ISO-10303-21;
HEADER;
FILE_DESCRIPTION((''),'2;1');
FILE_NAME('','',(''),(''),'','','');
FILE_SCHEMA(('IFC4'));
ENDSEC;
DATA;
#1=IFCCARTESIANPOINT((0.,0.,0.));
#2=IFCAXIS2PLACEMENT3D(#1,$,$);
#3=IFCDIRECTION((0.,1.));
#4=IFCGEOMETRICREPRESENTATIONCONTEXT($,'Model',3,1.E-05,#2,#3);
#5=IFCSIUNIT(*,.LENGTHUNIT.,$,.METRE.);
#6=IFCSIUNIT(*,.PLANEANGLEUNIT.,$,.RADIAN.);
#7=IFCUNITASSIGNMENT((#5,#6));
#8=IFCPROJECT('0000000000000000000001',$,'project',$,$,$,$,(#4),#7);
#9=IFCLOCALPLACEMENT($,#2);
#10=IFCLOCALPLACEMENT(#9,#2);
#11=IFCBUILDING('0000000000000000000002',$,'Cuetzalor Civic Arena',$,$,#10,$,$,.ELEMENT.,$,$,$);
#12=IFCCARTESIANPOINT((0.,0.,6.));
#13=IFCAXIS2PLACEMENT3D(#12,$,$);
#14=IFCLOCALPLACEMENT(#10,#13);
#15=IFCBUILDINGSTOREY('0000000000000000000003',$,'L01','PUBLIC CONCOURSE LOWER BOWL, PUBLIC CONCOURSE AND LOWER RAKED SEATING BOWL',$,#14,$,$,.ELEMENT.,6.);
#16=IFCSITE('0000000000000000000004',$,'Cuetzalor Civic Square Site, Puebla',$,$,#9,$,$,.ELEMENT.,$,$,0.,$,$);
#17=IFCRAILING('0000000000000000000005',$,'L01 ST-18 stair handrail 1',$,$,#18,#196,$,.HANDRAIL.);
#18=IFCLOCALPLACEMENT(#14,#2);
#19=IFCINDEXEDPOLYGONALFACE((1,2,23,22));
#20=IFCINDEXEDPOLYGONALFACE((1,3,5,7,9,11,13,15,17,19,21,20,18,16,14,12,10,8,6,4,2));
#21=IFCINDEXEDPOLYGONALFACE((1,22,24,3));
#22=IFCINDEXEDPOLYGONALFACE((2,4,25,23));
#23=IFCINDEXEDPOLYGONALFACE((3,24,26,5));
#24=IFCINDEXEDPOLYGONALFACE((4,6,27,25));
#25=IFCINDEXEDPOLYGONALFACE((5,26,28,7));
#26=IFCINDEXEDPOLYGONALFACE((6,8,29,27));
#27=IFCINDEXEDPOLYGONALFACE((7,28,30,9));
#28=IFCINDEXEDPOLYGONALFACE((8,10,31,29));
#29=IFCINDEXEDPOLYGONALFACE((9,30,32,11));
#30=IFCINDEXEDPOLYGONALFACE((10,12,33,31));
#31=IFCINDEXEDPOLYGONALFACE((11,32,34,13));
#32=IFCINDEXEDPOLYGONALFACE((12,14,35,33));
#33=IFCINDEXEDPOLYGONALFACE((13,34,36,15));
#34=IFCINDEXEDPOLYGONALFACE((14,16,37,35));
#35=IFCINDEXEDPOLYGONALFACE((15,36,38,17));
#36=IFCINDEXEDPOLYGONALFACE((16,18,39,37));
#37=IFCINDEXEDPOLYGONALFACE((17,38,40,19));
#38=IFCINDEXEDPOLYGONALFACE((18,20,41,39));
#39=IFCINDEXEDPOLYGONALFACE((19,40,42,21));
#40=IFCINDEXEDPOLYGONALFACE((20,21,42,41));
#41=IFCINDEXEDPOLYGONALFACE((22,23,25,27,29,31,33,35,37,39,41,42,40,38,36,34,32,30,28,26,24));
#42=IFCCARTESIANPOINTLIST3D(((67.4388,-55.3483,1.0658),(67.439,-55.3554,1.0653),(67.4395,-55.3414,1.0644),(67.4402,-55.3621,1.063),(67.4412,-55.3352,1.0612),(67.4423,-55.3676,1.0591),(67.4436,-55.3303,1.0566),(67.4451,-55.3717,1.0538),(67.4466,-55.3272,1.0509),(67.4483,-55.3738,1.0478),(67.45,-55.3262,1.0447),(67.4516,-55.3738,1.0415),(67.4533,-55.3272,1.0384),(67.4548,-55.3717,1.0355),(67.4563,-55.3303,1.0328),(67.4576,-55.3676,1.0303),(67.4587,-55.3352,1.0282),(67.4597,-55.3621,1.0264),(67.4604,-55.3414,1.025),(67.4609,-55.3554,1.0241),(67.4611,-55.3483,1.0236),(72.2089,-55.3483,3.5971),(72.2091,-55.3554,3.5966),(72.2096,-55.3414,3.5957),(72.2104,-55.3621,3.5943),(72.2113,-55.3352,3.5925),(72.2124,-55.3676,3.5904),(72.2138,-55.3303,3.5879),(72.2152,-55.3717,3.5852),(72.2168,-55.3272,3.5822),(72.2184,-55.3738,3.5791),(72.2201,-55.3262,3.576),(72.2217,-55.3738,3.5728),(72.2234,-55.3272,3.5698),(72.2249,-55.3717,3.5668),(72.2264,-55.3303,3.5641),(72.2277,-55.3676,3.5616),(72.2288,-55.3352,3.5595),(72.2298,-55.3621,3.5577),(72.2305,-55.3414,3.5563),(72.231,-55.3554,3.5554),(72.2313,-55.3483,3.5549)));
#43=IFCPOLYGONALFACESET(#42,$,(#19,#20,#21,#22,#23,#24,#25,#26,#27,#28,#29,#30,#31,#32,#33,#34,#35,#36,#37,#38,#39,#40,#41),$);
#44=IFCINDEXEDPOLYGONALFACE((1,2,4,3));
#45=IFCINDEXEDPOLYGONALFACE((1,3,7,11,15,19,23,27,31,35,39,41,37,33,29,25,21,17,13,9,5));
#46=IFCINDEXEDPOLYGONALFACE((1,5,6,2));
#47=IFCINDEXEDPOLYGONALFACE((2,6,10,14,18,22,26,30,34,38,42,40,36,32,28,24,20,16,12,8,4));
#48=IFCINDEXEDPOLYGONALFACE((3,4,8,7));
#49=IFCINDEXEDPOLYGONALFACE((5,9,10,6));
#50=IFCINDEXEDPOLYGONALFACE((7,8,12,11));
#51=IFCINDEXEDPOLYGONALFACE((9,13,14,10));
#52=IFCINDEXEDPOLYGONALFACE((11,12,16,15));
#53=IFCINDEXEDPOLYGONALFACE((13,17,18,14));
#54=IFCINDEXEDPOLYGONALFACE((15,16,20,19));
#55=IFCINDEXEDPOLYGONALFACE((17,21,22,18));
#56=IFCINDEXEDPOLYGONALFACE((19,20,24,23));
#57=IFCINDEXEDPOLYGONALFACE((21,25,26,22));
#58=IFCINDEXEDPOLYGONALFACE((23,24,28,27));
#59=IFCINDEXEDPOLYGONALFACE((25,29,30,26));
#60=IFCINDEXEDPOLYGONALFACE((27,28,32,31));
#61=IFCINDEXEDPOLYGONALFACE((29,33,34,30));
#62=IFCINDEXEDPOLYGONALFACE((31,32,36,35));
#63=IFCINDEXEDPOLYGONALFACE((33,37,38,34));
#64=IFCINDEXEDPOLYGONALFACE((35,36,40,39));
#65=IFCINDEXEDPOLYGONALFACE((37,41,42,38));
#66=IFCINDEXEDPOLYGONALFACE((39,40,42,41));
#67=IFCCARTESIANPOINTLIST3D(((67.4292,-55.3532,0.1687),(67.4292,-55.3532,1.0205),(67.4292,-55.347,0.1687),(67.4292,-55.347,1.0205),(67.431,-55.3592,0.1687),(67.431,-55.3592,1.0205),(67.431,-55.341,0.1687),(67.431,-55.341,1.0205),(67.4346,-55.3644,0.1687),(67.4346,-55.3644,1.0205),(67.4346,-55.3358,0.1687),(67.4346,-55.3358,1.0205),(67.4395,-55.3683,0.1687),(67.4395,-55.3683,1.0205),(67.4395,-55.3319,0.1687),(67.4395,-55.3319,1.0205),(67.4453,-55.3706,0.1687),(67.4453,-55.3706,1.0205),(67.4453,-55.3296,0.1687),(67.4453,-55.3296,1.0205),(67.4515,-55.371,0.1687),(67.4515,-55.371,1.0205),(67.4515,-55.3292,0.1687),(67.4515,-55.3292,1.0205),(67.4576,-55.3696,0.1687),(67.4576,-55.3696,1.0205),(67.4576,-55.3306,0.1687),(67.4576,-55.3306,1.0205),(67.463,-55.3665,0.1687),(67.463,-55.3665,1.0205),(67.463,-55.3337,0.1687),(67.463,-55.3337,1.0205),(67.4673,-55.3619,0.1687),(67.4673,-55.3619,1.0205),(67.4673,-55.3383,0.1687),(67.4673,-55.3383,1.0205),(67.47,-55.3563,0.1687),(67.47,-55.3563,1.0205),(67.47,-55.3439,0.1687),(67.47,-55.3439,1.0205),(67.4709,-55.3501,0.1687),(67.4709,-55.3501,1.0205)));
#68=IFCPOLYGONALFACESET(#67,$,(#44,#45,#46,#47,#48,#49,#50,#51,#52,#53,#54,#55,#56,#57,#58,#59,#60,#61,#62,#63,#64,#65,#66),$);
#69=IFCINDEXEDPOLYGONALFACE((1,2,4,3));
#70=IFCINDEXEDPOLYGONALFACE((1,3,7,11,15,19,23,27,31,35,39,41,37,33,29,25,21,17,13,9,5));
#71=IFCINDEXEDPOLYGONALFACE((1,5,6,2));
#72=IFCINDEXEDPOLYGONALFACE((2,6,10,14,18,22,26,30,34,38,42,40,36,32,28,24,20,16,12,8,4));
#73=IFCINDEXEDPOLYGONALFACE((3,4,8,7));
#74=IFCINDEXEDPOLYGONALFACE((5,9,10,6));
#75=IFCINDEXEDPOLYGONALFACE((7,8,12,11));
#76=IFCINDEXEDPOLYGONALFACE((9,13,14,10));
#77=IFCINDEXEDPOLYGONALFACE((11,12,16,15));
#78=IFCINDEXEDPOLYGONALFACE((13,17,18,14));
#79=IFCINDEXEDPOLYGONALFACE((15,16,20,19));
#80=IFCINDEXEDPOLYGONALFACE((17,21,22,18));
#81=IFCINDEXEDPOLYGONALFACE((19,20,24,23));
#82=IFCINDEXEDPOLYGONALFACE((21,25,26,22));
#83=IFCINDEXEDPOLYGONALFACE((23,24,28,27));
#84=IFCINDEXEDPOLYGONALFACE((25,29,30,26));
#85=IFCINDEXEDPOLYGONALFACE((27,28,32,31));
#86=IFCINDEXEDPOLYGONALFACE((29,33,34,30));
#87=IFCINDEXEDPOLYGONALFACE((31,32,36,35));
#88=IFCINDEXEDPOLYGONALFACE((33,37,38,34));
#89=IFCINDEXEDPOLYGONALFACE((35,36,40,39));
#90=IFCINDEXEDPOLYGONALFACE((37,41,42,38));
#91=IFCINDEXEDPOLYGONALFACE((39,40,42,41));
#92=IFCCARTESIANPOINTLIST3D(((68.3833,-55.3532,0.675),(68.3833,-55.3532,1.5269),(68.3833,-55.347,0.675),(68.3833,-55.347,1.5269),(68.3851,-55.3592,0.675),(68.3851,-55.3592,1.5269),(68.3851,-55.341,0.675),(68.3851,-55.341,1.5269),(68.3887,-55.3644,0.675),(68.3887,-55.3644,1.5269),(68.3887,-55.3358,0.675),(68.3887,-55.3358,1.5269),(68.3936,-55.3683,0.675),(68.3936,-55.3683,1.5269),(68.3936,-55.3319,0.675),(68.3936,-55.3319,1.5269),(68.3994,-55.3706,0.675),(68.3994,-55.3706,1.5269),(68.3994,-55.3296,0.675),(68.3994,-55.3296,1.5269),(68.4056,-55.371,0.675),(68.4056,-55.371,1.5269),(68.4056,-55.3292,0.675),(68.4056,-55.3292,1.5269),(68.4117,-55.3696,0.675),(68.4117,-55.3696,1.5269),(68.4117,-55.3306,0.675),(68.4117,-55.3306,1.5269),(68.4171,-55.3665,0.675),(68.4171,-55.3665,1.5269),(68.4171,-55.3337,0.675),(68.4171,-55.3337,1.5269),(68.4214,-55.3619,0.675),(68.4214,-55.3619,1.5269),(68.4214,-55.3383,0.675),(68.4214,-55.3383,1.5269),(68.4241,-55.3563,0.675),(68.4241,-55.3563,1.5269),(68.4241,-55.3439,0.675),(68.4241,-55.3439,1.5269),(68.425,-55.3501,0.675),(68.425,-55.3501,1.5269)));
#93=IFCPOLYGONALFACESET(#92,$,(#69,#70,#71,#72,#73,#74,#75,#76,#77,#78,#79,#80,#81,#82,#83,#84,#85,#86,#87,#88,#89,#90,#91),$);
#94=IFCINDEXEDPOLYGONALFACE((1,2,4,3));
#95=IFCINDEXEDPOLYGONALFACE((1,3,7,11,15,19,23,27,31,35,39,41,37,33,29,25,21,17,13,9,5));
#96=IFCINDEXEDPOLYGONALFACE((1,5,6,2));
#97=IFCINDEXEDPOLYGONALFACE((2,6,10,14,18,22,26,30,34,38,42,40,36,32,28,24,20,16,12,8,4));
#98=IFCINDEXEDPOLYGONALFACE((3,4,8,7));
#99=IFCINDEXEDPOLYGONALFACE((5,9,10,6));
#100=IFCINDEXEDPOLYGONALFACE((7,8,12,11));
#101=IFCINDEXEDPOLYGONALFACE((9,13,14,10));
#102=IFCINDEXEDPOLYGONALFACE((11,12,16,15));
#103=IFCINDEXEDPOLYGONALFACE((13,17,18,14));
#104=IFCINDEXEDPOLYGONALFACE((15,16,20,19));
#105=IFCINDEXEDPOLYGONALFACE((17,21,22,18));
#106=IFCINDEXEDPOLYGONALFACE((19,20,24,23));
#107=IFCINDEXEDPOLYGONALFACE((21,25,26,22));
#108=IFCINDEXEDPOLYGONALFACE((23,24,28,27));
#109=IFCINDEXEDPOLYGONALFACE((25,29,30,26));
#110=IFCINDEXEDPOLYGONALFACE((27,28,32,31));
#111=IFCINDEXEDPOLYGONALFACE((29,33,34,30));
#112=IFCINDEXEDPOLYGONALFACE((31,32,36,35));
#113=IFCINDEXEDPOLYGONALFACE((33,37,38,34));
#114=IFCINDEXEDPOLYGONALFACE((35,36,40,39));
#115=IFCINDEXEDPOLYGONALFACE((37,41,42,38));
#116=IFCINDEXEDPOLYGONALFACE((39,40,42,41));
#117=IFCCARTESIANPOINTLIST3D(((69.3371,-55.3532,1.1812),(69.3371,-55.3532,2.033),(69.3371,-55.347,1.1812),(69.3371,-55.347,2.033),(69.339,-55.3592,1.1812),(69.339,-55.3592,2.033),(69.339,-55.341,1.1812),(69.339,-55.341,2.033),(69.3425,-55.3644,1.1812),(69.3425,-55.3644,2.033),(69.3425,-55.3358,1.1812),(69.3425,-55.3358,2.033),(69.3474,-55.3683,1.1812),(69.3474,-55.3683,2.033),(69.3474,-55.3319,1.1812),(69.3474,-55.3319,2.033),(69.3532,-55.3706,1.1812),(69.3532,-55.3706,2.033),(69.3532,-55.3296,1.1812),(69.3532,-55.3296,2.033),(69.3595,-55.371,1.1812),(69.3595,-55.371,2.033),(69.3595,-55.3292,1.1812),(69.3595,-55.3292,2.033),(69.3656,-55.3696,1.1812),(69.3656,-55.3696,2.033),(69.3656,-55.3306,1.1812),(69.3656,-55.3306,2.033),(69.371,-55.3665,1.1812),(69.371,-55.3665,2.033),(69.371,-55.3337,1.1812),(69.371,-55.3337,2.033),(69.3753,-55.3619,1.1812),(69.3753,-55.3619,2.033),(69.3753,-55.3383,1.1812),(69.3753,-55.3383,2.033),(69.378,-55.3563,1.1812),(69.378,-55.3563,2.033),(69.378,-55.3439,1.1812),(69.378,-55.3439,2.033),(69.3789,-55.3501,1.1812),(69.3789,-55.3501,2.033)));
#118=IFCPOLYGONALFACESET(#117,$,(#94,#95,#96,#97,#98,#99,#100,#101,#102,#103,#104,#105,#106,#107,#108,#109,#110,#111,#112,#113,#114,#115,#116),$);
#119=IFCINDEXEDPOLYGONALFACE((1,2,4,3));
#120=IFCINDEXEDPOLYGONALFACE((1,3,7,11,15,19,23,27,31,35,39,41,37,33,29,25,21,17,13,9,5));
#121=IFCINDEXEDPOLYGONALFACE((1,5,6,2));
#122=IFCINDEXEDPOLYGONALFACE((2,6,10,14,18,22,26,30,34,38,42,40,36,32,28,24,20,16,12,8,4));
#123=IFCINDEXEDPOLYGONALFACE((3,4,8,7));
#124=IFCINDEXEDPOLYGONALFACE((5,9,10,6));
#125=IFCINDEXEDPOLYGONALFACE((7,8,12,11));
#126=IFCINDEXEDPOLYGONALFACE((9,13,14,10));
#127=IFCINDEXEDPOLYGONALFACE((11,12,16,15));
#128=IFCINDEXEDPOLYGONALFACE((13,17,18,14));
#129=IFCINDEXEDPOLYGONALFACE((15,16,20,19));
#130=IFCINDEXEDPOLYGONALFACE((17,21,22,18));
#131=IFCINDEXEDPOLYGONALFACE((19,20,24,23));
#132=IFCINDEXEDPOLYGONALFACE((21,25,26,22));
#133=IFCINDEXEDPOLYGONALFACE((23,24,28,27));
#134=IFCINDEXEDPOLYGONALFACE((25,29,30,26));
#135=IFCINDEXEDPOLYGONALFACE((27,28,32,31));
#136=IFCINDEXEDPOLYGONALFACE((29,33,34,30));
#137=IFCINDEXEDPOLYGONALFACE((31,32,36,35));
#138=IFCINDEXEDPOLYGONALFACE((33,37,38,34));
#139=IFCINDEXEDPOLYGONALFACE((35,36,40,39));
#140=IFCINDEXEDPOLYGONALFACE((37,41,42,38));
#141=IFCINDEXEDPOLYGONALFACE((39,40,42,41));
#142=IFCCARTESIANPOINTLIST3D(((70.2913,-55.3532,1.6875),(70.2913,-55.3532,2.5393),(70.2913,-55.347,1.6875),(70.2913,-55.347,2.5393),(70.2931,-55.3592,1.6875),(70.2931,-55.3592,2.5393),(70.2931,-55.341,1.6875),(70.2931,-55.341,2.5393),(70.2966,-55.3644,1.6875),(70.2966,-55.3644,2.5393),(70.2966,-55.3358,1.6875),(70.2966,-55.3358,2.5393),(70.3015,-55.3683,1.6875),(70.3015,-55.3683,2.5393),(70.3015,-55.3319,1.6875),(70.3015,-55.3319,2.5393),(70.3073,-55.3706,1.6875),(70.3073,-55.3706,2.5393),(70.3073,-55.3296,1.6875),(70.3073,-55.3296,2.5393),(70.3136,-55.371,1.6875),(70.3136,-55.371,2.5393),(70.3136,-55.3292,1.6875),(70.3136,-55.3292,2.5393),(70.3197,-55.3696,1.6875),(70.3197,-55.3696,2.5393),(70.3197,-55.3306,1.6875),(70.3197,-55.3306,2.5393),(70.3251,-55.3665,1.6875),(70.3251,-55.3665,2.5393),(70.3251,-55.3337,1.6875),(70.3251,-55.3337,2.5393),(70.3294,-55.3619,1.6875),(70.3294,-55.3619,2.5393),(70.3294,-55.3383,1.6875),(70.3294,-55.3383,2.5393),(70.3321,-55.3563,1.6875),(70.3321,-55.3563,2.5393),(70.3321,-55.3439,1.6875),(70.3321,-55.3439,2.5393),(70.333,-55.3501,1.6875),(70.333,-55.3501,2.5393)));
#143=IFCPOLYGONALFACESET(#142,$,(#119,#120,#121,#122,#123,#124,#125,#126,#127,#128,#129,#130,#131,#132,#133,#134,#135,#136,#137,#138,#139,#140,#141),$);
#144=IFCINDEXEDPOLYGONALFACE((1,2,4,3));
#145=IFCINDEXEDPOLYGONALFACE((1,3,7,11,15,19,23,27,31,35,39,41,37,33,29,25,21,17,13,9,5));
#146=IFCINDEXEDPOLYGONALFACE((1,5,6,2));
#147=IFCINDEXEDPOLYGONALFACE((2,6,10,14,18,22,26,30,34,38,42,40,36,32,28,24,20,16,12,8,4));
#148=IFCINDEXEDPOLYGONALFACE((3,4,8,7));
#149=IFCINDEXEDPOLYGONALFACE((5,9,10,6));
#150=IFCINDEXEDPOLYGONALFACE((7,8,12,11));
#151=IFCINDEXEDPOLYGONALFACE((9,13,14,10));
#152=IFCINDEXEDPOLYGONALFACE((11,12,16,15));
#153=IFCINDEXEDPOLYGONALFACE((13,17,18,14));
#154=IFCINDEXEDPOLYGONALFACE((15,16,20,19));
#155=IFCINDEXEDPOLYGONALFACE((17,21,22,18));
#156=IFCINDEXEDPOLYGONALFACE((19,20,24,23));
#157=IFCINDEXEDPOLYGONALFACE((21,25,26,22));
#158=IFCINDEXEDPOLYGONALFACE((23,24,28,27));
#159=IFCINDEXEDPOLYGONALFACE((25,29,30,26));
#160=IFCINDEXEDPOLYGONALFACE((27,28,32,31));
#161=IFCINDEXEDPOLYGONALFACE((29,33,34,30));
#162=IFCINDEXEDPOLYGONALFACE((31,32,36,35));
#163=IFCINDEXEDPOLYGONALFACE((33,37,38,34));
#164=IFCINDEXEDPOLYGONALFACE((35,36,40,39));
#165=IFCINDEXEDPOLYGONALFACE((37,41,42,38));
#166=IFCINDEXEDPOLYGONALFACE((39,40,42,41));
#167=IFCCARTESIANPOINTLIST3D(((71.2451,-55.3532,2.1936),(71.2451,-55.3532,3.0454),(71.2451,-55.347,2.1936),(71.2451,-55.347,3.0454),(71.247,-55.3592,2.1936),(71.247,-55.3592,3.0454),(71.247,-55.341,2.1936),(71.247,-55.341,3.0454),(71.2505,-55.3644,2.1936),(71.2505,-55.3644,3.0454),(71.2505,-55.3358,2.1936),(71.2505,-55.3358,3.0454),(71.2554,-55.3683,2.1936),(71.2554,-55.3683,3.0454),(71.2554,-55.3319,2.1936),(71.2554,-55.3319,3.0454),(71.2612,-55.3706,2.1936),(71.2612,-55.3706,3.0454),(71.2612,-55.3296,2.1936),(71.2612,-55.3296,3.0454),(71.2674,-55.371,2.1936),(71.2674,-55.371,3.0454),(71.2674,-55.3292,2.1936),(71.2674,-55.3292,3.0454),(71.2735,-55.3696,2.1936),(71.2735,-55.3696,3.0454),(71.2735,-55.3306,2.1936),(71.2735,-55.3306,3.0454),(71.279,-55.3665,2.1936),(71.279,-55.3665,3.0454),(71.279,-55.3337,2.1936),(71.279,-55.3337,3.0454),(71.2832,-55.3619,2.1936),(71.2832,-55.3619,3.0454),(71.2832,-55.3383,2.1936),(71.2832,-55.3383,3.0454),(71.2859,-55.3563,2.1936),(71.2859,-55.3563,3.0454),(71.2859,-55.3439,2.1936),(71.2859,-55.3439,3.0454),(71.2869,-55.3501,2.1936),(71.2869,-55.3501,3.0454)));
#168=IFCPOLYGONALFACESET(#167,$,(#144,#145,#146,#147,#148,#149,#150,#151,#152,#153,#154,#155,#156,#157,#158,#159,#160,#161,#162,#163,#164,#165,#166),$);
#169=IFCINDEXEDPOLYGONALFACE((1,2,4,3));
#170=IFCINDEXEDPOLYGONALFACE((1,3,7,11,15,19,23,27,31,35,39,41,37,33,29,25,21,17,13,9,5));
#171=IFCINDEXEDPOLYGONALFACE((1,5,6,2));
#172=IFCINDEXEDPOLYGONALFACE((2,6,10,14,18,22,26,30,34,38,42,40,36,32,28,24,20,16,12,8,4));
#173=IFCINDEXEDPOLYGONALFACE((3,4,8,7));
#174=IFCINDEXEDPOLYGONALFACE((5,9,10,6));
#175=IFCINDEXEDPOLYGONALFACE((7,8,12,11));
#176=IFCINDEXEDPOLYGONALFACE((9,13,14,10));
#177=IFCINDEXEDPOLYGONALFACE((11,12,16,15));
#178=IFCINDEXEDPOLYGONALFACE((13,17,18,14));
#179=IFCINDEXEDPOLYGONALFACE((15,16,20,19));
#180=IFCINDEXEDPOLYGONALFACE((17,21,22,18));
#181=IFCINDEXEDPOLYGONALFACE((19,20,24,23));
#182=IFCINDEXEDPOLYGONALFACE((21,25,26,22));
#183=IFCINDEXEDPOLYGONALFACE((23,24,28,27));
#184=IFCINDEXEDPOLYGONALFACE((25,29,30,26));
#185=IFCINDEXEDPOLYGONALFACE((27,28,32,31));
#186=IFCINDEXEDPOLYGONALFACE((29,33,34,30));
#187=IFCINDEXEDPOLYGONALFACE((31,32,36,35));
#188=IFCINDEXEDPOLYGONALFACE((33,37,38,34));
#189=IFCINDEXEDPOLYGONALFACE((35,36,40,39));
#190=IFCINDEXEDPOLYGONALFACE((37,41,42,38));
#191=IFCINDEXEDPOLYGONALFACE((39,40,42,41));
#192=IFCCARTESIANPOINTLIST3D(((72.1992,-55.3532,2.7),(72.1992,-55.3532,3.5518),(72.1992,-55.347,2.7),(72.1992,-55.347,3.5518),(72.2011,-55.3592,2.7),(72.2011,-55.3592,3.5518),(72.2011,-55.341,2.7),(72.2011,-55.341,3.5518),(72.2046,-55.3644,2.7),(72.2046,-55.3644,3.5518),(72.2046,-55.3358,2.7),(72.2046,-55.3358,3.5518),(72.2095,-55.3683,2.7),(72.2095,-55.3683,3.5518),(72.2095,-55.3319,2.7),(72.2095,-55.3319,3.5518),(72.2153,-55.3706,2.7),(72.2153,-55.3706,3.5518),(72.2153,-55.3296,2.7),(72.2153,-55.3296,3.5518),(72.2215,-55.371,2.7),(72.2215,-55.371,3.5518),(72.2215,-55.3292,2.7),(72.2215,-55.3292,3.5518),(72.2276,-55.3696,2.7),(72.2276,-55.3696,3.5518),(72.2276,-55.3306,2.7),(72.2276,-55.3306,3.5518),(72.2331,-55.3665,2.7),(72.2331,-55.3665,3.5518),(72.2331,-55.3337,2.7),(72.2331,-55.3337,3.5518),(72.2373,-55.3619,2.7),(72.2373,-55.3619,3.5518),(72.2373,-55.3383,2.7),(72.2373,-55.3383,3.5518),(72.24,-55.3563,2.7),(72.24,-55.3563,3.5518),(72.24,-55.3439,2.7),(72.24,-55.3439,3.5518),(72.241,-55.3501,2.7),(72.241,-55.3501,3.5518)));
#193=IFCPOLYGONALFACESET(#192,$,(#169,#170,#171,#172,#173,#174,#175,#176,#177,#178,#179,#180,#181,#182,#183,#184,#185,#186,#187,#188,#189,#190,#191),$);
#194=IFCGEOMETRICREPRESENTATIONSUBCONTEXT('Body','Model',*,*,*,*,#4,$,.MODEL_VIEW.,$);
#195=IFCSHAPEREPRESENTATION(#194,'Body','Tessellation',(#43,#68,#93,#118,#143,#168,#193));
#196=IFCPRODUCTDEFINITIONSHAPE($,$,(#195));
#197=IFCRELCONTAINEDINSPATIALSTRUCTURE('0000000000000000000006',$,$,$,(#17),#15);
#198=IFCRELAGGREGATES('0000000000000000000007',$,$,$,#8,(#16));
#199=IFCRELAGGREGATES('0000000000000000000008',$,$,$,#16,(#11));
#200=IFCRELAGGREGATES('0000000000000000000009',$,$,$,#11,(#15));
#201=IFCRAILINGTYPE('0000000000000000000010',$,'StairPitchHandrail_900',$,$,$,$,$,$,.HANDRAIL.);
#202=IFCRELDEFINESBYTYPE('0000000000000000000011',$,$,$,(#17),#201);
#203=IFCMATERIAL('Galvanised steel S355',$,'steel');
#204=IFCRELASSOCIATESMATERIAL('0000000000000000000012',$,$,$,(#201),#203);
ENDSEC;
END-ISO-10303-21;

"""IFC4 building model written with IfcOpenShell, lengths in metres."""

from ifc_helpers import new_model, si_unit, direction, frame, origin, origin_2d, place, context, subcontext, project, spatial, circle, extrude, material, type_object, element, save


model = new_model("IFC4")

# Units and contexts
model_context = context("Model", 3, precision=1e-05, world=origin(), true_north=direction((0.0, 1.0)))
body_context = subcontext(model_context, "Body", "Model", "MODEL_VIEW")
ifc_project = project(units=[si_unit("LENGTHUNIT", "METRE"), si_unit("PLANEANGLEUNIT", "RADIAN")], contexts=[model_context])

# Site, building, storey
site_placement = place(None, origin())
site = spatial("IfcSite", under=ifc_project, at=site_placement, Name="Cuetzalor Civic Square Site, Puebla", CompositionType="ELEMENT", RefElevation=0.0)
building_placement = place(site_placement, origin())
building = spatial("IfcBuilding", under=site, at=building_placement, Name="Cuetzalor Civic Arena", CompositionType="ELEMENT")
storey_placement = place(building_placement, frame((0.0, 0.0, 6.0)))
storey = spatial("IfcBuildingStorey", under=building, at=storey_placement, Name="L01", Description="PUBLIC CONCOURSE LOWER BOWL, PUBLIC CONCOURSE AND LOWER RAKED SEATING BOWL", CompositionType="ELEMENT", Elevation=6.0)

# Railing
ifc_material_1 = material(Name="Galvanised steel S355", Category="steel")
railing_type_1 = type_object("IfcRailingType", Name="StairPitchHandrail_900", PredefinedType="HANDRAIL", material=ifc_material_1)
railing_1_placement = place(storey_placement, frame((67.45, -55.3501, 0.1687)))
element("IfcRailing", 1, at=railing_1_placement, inside=storey, type_object=railing_type_1, Name="L01 ST-18 stair handrail 1", PredefinedType="HANDRAIL", context=body_context, shape_type="SweptSolid", body=[
    extrude(circle(Radius=0.0239, at=origin_2d()), frame((0.0, 0.0, 0.876), z_axis=(0.883332, 0.0, 0.468747), x_axis=(0.0, 1.0, 0.0)), (0.0, 0.0, 1.0), 5.4001),
    extrude(circle(Radius=0.021, at=origin_2d()), origin(), (0.0, 0.0, 1.0), 0.8518),
    extrude(circle(Radius=0.021, at=origin_2d()), frame((0.9541, 0.0, 0.5063)), (0.0, 0.0, 1.0), 0.8518),
    extrude(circle(Radius=0.021, at=origin_2d()), frame((1.908, 0.0, 1.0125)), (0.0, 0.0, 1.0), 0.8518),
    extrude(circle(Radius=0.021, at=origin_2d()), frame((2.8621, 0.0, 1.5188)), (0.0, 0.0, 1.0), 0.8518),
    extrude(circle(Radius=0.021, at=origin_2d()), frame((3.8159, 0.0, 2.0249)), (0.0, 0.0, 1.0), 0.8518),
    extrude(circle(Radius=0.021, at=origin_2d()), frame((4.77, 0.0, 2.5312)), (0.0, 0.0, 1.0), 0.8518),
])

save(model, "model.ifc")
